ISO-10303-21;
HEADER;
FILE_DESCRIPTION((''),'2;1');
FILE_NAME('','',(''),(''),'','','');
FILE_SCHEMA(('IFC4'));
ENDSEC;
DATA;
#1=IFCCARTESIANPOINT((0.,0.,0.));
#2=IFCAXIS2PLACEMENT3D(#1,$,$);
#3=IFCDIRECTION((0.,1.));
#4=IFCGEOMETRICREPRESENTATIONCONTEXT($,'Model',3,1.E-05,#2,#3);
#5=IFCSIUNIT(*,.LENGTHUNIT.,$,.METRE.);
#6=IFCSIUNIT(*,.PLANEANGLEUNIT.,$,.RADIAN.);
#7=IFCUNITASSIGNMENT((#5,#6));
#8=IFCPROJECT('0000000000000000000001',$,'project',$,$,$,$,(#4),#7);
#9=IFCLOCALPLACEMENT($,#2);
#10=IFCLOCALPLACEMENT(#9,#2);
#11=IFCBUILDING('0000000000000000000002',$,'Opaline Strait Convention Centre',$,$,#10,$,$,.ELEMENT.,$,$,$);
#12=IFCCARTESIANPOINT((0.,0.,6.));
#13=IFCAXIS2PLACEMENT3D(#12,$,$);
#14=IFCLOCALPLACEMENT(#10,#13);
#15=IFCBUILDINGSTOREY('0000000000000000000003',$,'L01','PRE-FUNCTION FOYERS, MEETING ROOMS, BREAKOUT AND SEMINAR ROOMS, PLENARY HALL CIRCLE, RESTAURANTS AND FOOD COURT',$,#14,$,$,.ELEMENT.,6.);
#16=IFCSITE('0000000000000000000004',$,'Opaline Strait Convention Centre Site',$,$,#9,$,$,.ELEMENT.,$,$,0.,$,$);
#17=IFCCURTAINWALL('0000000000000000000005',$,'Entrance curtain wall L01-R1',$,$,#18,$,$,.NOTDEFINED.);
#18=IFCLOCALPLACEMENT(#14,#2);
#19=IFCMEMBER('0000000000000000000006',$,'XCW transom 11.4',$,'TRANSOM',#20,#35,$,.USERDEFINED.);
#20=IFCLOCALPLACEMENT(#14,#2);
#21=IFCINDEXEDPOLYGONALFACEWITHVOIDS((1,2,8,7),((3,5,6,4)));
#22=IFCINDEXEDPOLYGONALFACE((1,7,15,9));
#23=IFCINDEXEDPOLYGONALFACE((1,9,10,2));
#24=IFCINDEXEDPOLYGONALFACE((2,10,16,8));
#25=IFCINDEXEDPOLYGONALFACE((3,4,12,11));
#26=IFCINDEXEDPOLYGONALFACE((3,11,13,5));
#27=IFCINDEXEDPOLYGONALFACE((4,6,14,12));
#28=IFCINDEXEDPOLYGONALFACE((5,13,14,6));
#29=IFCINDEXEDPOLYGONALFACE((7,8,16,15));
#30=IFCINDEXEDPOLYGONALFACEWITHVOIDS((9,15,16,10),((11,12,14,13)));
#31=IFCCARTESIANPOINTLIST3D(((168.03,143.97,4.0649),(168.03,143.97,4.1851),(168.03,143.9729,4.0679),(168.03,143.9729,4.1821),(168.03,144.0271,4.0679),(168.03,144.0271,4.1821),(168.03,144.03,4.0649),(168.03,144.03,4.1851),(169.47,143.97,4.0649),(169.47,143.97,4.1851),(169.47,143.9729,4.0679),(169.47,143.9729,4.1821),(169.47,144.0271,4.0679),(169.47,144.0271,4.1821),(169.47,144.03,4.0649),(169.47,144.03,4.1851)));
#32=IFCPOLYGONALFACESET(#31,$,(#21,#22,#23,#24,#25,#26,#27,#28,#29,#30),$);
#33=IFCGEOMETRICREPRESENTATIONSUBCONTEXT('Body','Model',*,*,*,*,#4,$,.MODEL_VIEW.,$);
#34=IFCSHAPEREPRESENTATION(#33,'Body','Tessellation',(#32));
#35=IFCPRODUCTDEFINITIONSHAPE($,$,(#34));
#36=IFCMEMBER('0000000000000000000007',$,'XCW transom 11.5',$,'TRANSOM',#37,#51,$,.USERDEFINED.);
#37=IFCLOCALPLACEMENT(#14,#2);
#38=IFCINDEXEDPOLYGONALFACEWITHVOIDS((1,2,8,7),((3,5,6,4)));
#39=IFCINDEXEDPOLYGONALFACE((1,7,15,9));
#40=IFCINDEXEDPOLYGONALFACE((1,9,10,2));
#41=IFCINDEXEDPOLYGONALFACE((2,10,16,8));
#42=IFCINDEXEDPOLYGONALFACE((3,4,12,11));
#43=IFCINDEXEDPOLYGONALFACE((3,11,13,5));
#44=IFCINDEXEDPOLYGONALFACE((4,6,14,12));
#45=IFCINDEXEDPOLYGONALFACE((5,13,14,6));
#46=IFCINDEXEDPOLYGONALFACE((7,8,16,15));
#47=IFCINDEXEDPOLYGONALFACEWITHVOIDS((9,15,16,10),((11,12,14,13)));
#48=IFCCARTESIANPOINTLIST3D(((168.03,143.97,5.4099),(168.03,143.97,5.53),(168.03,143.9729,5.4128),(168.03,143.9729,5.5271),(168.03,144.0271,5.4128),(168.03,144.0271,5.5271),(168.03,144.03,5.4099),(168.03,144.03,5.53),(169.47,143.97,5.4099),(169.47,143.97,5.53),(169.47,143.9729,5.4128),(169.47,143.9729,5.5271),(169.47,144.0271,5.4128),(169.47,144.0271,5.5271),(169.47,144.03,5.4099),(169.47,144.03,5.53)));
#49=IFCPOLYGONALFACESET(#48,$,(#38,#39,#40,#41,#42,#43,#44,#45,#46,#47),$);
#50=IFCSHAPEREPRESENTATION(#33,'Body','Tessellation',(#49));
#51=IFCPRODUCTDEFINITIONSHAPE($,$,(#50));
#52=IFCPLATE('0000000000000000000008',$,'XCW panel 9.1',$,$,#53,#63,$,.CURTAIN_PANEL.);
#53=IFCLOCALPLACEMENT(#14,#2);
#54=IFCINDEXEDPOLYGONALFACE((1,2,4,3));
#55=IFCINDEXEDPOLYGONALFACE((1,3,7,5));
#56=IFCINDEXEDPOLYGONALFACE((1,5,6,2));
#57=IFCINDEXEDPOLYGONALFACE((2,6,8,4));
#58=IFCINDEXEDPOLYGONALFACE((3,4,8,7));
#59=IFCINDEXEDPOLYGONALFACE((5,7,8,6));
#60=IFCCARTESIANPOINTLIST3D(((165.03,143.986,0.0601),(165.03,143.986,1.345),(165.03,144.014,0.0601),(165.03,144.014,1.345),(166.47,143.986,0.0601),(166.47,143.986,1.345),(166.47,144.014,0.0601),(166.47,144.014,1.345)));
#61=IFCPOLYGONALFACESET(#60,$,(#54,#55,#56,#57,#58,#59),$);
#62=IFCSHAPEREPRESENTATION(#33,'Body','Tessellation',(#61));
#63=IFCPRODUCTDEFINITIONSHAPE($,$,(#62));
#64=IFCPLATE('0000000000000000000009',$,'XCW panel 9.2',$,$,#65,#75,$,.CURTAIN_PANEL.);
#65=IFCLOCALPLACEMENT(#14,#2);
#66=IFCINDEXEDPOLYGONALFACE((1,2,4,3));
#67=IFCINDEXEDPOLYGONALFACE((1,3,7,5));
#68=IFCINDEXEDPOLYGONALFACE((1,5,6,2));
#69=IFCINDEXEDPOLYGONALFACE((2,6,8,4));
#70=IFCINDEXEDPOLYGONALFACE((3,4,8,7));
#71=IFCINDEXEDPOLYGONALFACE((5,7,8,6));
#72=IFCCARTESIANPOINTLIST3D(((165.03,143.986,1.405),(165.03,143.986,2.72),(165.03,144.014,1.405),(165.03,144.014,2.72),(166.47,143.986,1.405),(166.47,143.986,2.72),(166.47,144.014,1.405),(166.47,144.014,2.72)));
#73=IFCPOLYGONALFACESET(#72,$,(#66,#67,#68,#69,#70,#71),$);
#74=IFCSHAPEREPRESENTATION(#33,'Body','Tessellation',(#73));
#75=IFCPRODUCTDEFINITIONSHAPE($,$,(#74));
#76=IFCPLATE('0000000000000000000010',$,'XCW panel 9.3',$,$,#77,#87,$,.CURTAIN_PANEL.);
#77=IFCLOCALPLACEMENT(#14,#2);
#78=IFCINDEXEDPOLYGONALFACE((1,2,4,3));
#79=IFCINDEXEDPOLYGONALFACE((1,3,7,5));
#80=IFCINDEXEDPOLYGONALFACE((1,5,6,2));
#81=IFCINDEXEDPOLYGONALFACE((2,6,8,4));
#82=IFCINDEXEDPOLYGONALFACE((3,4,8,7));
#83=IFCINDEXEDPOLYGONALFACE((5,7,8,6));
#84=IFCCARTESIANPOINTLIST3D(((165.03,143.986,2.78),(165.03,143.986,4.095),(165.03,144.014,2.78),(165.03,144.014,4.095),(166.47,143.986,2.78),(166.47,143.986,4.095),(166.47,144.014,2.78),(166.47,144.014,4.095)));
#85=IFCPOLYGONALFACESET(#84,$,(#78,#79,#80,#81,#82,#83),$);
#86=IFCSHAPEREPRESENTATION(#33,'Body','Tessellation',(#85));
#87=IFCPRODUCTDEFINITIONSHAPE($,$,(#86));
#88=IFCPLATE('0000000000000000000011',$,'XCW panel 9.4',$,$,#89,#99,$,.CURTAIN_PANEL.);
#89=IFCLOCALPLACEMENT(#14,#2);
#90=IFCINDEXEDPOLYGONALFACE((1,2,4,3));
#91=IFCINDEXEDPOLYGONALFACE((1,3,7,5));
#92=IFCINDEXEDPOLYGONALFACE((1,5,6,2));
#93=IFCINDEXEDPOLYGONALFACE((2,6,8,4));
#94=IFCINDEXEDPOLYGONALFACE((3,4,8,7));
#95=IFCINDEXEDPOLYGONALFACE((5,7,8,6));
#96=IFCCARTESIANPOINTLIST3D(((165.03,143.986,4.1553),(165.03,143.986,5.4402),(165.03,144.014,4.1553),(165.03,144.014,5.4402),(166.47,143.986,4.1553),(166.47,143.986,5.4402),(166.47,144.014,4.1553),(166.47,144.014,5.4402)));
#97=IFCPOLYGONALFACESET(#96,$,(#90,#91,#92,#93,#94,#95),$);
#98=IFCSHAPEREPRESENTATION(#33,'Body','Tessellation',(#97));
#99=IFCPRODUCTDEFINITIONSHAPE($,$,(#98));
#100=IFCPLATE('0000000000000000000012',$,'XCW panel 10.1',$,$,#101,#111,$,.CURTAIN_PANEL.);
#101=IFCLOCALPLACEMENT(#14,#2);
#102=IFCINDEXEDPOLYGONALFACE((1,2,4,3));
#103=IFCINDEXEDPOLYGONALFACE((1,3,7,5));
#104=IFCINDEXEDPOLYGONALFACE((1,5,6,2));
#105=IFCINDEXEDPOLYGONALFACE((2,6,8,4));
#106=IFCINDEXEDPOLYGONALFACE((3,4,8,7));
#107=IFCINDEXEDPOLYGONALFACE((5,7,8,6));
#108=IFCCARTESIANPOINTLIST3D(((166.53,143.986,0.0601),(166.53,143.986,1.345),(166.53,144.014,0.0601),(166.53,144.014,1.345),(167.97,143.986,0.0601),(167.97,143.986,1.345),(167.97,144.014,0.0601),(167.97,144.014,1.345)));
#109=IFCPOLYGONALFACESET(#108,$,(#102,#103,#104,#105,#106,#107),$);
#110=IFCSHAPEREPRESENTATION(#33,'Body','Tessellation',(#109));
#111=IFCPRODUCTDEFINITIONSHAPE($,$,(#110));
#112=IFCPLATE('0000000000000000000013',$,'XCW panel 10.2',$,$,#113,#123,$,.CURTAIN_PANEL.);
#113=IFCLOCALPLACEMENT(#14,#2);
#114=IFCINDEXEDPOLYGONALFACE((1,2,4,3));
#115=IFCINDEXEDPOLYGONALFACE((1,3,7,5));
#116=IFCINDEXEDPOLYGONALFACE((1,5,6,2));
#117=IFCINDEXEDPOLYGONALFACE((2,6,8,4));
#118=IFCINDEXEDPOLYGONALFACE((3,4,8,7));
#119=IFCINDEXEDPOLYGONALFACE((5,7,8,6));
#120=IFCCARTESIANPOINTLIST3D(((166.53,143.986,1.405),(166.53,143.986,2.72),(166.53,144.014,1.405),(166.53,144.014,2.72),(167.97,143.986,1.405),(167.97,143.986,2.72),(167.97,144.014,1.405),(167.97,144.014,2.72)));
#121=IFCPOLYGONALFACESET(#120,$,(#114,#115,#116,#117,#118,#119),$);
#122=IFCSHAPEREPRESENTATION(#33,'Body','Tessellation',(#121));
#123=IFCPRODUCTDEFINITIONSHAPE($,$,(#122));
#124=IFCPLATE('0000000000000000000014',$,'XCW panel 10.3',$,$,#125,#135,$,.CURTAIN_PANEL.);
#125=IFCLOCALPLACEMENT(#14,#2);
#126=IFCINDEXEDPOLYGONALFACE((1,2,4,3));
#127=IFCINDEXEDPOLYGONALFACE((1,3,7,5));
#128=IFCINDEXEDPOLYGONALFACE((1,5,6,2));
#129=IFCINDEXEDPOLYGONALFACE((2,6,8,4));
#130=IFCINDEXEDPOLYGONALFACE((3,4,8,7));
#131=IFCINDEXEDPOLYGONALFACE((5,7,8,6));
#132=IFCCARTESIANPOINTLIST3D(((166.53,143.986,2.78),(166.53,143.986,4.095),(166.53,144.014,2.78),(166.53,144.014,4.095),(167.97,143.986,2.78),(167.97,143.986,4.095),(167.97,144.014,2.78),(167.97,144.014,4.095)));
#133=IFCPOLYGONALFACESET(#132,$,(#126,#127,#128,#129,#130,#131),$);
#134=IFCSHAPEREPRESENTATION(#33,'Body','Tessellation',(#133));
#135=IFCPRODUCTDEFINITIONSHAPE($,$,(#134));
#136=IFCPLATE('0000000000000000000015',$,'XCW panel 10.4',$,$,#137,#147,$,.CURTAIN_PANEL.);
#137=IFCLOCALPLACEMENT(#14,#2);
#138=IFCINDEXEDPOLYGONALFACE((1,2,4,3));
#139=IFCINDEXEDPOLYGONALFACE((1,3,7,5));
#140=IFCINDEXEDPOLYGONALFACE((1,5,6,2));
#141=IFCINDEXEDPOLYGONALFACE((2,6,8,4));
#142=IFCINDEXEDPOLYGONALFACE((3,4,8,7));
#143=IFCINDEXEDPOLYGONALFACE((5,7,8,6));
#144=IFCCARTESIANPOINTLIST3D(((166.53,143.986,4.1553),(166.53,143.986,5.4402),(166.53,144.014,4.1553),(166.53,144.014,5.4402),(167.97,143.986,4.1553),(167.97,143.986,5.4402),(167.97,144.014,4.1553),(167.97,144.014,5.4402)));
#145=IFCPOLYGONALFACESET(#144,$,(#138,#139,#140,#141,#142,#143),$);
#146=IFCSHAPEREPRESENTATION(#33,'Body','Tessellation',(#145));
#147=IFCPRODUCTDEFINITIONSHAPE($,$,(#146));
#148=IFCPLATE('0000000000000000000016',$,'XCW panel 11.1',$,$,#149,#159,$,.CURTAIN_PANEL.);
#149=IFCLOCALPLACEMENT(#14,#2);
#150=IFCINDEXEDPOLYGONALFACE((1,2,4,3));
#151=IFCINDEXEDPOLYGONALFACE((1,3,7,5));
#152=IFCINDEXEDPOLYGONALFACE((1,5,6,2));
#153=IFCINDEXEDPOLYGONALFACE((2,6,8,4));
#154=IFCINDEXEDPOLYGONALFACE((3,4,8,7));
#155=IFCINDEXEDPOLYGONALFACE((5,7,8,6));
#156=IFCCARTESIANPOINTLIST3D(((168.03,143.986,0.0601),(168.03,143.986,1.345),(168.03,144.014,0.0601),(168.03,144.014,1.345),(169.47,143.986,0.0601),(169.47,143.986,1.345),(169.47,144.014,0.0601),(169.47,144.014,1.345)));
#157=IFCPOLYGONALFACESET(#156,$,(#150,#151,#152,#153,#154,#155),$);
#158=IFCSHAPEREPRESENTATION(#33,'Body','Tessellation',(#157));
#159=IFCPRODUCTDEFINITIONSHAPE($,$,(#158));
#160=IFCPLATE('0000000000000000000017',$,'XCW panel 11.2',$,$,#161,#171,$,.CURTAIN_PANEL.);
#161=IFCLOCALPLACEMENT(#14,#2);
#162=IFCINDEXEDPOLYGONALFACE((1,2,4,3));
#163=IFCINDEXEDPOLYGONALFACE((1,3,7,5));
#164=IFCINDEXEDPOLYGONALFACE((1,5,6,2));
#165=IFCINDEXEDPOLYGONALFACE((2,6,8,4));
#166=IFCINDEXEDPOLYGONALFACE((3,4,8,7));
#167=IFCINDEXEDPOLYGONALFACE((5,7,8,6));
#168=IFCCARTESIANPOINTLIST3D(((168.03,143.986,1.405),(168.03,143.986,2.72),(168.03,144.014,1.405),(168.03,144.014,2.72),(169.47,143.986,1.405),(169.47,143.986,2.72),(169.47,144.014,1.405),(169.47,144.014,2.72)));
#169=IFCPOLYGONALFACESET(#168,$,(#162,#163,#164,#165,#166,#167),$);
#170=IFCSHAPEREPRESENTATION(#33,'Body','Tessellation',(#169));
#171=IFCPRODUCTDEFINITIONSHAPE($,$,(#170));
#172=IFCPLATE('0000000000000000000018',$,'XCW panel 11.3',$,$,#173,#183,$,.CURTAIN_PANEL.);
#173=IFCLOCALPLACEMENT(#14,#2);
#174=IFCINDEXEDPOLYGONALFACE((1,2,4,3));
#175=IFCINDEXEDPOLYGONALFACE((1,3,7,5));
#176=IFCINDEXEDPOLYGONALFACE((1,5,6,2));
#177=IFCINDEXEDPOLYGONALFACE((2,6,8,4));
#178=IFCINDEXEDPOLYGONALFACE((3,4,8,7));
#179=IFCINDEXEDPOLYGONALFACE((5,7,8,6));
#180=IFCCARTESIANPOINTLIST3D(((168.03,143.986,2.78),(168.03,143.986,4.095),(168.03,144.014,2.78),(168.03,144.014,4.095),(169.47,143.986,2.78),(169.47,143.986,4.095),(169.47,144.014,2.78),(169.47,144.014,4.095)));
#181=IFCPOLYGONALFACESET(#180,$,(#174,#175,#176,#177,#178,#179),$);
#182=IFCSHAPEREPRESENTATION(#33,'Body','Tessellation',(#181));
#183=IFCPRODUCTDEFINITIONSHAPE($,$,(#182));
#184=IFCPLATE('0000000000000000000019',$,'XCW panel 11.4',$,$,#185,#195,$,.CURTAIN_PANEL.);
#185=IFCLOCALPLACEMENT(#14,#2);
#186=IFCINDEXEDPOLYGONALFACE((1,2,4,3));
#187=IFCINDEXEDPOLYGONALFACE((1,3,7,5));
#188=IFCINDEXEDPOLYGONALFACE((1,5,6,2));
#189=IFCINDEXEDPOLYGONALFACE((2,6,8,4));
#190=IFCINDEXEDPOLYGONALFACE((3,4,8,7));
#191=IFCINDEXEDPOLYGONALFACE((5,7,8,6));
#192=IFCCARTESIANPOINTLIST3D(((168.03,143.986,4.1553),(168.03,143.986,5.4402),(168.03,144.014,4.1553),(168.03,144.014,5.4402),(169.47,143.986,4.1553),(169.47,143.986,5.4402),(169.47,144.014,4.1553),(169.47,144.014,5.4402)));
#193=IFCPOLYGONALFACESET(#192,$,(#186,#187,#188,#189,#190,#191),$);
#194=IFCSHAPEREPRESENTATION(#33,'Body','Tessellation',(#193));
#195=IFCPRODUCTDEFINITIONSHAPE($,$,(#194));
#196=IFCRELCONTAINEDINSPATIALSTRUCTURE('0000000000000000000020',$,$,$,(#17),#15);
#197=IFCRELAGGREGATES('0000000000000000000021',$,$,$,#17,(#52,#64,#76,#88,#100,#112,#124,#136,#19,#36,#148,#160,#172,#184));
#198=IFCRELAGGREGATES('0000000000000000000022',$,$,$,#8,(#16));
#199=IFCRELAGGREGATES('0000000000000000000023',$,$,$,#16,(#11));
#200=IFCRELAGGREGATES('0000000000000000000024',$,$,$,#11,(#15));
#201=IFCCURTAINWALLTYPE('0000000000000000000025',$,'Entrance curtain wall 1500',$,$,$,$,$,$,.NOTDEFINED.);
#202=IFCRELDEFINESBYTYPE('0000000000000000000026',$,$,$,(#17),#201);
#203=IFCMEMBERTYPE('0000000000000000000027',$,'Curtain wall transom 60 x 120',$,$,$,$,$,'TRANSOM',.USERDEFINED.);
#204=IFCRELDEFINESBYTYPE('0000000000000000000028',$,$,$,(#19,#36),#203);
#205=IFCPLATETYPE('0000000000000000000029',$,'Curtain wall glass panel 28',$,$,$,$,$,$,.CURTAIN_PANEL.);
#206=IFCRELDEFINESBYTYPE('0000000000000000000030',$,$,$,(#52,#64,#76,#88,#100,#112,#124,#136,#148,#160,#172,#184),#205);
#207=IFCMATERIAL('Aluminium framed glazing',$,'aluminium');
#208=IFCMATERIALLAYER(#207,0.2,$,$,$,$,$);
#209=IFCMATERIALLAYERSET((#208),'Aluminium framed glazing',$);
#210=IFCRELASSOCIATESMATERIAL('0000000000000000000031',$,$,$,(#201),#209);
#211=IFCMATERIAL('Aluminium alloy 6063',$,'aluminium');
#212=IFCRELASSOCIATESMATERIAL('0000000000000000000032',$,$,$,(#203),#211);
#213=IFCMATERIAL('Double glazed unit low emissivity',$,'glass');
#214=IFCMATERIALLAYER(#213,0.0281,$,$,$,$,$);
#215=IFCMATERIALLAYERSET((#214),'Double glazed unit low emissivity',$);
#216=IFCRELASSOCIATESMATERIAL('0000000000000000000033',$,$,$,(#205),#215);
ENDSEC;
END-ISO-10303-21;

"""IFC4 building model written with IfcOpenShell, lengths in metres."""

from ifc_helpers import new_model, si_unit, direction, frame, origin, origin_2d, place, context, subcontext, project, spatial, rectangle, hollow_rectangle, extrude, material, layer, layer_set, material_profile, profile_set, type_object, element, aggregate, save


model = new_model("IFC4")

# Units and contexts
model_context = context("Model", 3, precision=1e-05, world=origin(), true_north=direction((0.0, 1.0)))
body_context = subcontext(model_context, "Body", "Model", "MODEL_VIEW")
ifc_project = project(units=[si_unit("LENGTHUNIT", "METRE"), si_unit("PLANEANGLEUNIT", "RADIAN")], contexts=[model_context])

# Site, building, storey
site_placement = place(None, origin())
site = spatial("IfcSite", under=ifc_project, at=site_placement, Name="Opaline Strait Convention Centre Site", CompositionType="ELEMENT", RefElevation=0.0)
building_placement = place(site_placement, origin())
building = spatial("IfcBuilding", under=site, at=building_placement, Name="Opaline Strait Convention Centre", CompositionType="ELEMENT")
storey_placement = place(building_placement, frame((0.0, 0.0, 6.0)))
storey = spatial("IfcBuildingStorey", under=building, at=storey_placement, Name="L01", Description="PRE-FUNCTION FOYERS, MEETING ROOMS, BREAKOUT AND SEMINAR ROOMS, PLENARY HALL CIRCLE, RESTAURANTS AND FOOD COURT", CompositionType="ELEMENT", Elevation=6.0)

# Curtain wall, members, plates
ifc_material_1 = material(Name="Aluminium framed glazing", Category="aluminium")
ifc_layer_1 = layer(ifc_material_1, 0.2)
ifc_layer_set_1 = layer_set([ifc_layer_1], Name="Aluminium framed glazing")
curtain_wall_type = type_object("IfcCurtainWallType", Name="Entrance curtain wall 1500", PredefinedType="NOTDEFINED", material=ifc_layer_set_1)
curtain_wall_placement = place(storey_placement, origin())
curtain_wall = element("IfcCurtainWall", 1, at=curtain_wall_placement, inside=storey, type_object=curtain_wall_type, Name="Entrance curtain wall L01-R1", PredefinedType="NOTDEFINED")
ifc_material_2 = material(Name="Aluminium alloy 6063", Category="aluminium")
ifc_material_profile_1 = material_profile(ifc_material_2, hollow_rectangle(XDim=0.0601, YDim=0.1201, WallThickness=0.0029, at=origin_2d()), Name="TRANSOM 60x120x3")
ifc_profile_set_1 = profile_set([ifc_material_profile_1], Name="Aluminium alloy 6063")
member_type_1 = type_object("IfcMemberType", Name="Curtain wall transom 60 x 120", ElementType="TRANSOM", PredefinedType="USERDEFINED", material=ifc_profile_set_1)
member_1_placement = place(storey_placement, frame((168.03, 144.0, 4.125), z_axis=(1.0, 0.0, 0.0), x_axis=(0.0, 1.0, 0.0)))
member_1 = element("IfcMember", 2, at=member_1_placement, type_object=member_type_1, Name="XCW transom 11.4", ObjectType="TRANSOM", PredefinedType="USERDEFINED", context=body_context, shape_type="SweptSolid", body=[
    extrude(hollow_rectangle(XDim=0.0601, YDim=0.1201, WallThickness=0.0029, at=origin_2d()), origin(), (0.0, 0.0, 1.0), 1.4399),
])
member_2_placement = place(storey_placement, frame((168.03, 144.0, 5.47), z_axis=(1.0, 0.0, 0.0), x_axis=(0.0, 1.0, 0.0)))
member_2 = element("IfcMember", 3, at=member_2_placement, type_object=member_type_1, Name="XCW transom 11.5", ObjectType="TRANSOM", PredefinedType="USERDEFINED", context=body_context, shape_type="SweptSolid", body=[
    extrude(hollow_rectangle(XDim=0.0601, YDim=0.1201, WallThickness=0.0029, at=origin_2d()), origin(), (0.0, 0.0, 1.0), 1.4399),
])
ifc_material_3 = material(Name="Double glazed unit low emissivity", Category="glass")
ifc_layer_2 = layer(ifc_material_3, 0.0281)
ifc_layer_set_2 = layer_set([ifc_layer_2], Name="Double glazed unit low emissivity")
plate_type = type_object("IfcPlateType", Name="Curtain wall glass panel 28", PredefinedType="CURTAIN_PANEL", material=ifc_layer_set_2)
plate_1_placement = place(storey_placement, frame((165.75, 144.0, 0.0601), z_axis=(0.0, 0.0, 1.0), x_axis=(1.0, 0.0, 0.0)))
plate_1 = element("IfcPlate", 4, at=plate_1_placement, type_object=plate_type, Name="XCW panel 9.1", PredefinedType="CURTAIN_PANEL", context=body_context, shape_type="SweptSolid", body=[
    extrude(rectangle(XDim=1.4399, YDim=0.0281, at=origin_2d()), origin(), (0.0, 0.0, 1.0), 1.2849),
])
plate_2_placement = place(storey_placement, frame((165.75, 144.0, 1.405), z_axis=(0.0, 0.0, 1.0), x_axis=(1.0, 0.0, 0.0)))
plate_2 = element("IfcPlate", 5, at=plate_2_placement, type_object=plate_type, Name="XCW panel 9.2", PredefinedType="CURTAIN_PANEL", context=body_context, shape_type="SweptSolid", body=[
    extrude(rectangle(XDim=1.4399, YDim=0.0281, at=origin_2d()), origin(), (0.0, 0.0, 1.0), 1.3149),
])
plate_3_placement = place(storey_placement, frame((165.75, 144.0, 2.78), z_axis=(0.0, 0.0, 1.0), x_axis=(1.0, 0.0, 0.0)))
plate_3 = element("IfcPlate", 6, at=plate_3_placement, type_object=plate_type, Name="XCW panel 9.3", PredefinedType="CURTAIN_PANEL", context=body_context, shape_type="SweptSolid", body=[
    extrude(rectangle(XDim=1.4399, YDim=0.0281, at=origin_2d()), origin(), (0.0, 0.0, 1.0), 1.3149),
])
plate_4_placement = place(storey_placement, frame((165.75, 144.0, 4.1553), z_axis=(0.0, 0.0, 1.0), x_axis=(1.0, 0.0, 0.0)))
plate_4 = element("IfcPlate", 7, at=plate_4_placement, type_object=plate_type, Name="XCW panel 9.4", PredefinedType="CURTAIN_PANEL", context=body_context, shape_type="SweptSolid", body=[
    extrude(rectangle(XDim=1.4399, YDim=0.0281, at=origin_2d()), origin(), (0.0, 0.0, 1.0), 1.2849),
])
plate_5_placement = place(storey_placement, frame((167.25, 144.0, 0.0601), z_axis=(0.0, 0.0, 1.0), x_axis=(1.0, 0.0, 0.0)))
plate_5 = element("IfcPlate", 8, at=plate_5_placement, type_object=plate_type, Name="XCW panel 10.1", PredefinedType="CURTAIN_PANEL", context=body_context, shape_type="SweptSolid", body=[
    extrude(rectangle(XDim=1.4399, YDim=0.0281, at=origin_2d()), origin(), (0.0, 0.0, 1.0), 1.2849),
])
plate_6_placement = place(storey_placement, frame((167.25, 144.0, 1.405), z_axis=(0.0, 0.0, 1.0), x_axis=(1.0, 0.0, 0.0)))
plate_6 = element("IfcPlate", 9, at=plate_6_placement, type_object=plate_type, Name="XCW panel 10.2", PredefinedType="CURTAIN_PANEL", context=body_context, shape_type="SweptSolid", body=[
    extrude(rectangle(XDim=1.4399, YDim=0.0281, at=origin_2d()), origin(), (0.0, 0.0, 1.0), 1.3149),
])
plate_7_placement = place(storey_placement, frame((167.25, 144.0, 2.78), z_axis=(0.0, 0.0, 1.0), x_axis=(1.0, 0.0, 0.0)))
plate_7 = element("IfcPlate", 10, at=plate_7_placement, type_object=plate_type, Name="XCW panel 10.3", PredefinedType="CURTAIN_PANEL", context=body_context, shape_type="SweptSolid", body=[
    extrude(rectangle(XDim=1.4399, YDim=0.0281, at=origin_2d()), origin(), (0.0, 0.0, 1.0), 1.3149),
])
plate_8_placement = place(storey_placement, frame((167.25, 144.0, 4.1553), z_axis=(0.0, 0.0, 1.0), x_axis=(1.0, 0.0, 0.0)))
plate_8 = element("IfcPlate", 11, at=plate_8_placement, type_object=plate_type, Name="XCW panel 10.4", PredefinedType="CURTAIN_PANEL", context=body_context, shape_type="SweptSolid", body=[
    extrude(rectangle(XDim=1.4399, YDim=0.0281, at=origin_2d()), origin(), (0.0, 0.0, 1.0), 1.2849),
])
plate_9_placement = place(storey_placement, frame((168.75, 144.0, 0.0601), z_axis=(0.0, 0.0, 1.0), x_axis=(1.0, 0.0, 0.0)))
plate_9 = element("IfcPlate", 12, at=plate_9_placement, type_object=plate_type, Name="XCW panel 11.1", PredefinedType="CURTAIN_PANEL", context=body_context, shape_type="SweptSolid", body=[
    extrude(rectangle(XDim=1.4399, YDim=0.0281, at=origin_2d()), origin(), (0.0, 0.0, 1.0), 1.2849),
])
plate_10_placement = place(storey_placement, frame((168.75, 144.0, 1.405), z_axis=(0.0, 0.0, 1.0), x_axis=(1.0, 0.0, 0.0)))
plate_10 = element("IfcPlate", 13, at=plate_10_placement, type_object=plate_type, Name="XCW panel 11.2", PredefinedType="CURTAIN_PANEL", context=body_context, shape_type="SweptSolid", body=[
    extrude(rectangle(XDim=1.4399, YDim=0.0281, at=origin_2d()), origin(), (0.0, 0.0, 1.0), 1.3149),
])
plate_11_placement = place(storey_placement, frame((168.75, 144.0, 2.78), z_axis=(0.0, 0.0, 1.0), x_axis=(1.0, 0.0, 0.0)))
plate_11 = element("IfcPlate", 14, at=plate_11_placement, type_object=plate_type, Name="XCW panel 11.3", PredefinedType="CURTAIN_PANEL", context=body_context, shape_type="SweptSolid", body=[
    extrude(rectangle(XDim=1.4399, YDim=0.0281, at=origin_2d()), origin(), (0.0, 0.0, 1.0), 1.3149),
])
plate_12_placement = place(storey_placement, frame((168.75, 144.0, 4.1553), z_axis=(0.0, 0.0, 1.0), x_axis=(1.0, 0.0, 0.0)))
plate_12 = element("IfcPlate", 15, at=plate_12_placement, type_object=plate_type, Name="XCW panel 11.4", PredefinedType="CURTAIN_PANEL", context=body_context, shape_type="SweptSolid", body=[
    extrude(rectangle(XDim=1.4399, YDim=0.0281, at=origin_2d()), origin(), (0.0, 0.0, 1.0), 1.2849),
])
aggregate(curtain_wall, [plate_1, plate_2, plate_3, plate_4, plate_5, plate_6, plate_7, plate_8, member_1, member_2, plate_9, plate_10, plate_11, plate_12])

save(model, "model.ifc")
